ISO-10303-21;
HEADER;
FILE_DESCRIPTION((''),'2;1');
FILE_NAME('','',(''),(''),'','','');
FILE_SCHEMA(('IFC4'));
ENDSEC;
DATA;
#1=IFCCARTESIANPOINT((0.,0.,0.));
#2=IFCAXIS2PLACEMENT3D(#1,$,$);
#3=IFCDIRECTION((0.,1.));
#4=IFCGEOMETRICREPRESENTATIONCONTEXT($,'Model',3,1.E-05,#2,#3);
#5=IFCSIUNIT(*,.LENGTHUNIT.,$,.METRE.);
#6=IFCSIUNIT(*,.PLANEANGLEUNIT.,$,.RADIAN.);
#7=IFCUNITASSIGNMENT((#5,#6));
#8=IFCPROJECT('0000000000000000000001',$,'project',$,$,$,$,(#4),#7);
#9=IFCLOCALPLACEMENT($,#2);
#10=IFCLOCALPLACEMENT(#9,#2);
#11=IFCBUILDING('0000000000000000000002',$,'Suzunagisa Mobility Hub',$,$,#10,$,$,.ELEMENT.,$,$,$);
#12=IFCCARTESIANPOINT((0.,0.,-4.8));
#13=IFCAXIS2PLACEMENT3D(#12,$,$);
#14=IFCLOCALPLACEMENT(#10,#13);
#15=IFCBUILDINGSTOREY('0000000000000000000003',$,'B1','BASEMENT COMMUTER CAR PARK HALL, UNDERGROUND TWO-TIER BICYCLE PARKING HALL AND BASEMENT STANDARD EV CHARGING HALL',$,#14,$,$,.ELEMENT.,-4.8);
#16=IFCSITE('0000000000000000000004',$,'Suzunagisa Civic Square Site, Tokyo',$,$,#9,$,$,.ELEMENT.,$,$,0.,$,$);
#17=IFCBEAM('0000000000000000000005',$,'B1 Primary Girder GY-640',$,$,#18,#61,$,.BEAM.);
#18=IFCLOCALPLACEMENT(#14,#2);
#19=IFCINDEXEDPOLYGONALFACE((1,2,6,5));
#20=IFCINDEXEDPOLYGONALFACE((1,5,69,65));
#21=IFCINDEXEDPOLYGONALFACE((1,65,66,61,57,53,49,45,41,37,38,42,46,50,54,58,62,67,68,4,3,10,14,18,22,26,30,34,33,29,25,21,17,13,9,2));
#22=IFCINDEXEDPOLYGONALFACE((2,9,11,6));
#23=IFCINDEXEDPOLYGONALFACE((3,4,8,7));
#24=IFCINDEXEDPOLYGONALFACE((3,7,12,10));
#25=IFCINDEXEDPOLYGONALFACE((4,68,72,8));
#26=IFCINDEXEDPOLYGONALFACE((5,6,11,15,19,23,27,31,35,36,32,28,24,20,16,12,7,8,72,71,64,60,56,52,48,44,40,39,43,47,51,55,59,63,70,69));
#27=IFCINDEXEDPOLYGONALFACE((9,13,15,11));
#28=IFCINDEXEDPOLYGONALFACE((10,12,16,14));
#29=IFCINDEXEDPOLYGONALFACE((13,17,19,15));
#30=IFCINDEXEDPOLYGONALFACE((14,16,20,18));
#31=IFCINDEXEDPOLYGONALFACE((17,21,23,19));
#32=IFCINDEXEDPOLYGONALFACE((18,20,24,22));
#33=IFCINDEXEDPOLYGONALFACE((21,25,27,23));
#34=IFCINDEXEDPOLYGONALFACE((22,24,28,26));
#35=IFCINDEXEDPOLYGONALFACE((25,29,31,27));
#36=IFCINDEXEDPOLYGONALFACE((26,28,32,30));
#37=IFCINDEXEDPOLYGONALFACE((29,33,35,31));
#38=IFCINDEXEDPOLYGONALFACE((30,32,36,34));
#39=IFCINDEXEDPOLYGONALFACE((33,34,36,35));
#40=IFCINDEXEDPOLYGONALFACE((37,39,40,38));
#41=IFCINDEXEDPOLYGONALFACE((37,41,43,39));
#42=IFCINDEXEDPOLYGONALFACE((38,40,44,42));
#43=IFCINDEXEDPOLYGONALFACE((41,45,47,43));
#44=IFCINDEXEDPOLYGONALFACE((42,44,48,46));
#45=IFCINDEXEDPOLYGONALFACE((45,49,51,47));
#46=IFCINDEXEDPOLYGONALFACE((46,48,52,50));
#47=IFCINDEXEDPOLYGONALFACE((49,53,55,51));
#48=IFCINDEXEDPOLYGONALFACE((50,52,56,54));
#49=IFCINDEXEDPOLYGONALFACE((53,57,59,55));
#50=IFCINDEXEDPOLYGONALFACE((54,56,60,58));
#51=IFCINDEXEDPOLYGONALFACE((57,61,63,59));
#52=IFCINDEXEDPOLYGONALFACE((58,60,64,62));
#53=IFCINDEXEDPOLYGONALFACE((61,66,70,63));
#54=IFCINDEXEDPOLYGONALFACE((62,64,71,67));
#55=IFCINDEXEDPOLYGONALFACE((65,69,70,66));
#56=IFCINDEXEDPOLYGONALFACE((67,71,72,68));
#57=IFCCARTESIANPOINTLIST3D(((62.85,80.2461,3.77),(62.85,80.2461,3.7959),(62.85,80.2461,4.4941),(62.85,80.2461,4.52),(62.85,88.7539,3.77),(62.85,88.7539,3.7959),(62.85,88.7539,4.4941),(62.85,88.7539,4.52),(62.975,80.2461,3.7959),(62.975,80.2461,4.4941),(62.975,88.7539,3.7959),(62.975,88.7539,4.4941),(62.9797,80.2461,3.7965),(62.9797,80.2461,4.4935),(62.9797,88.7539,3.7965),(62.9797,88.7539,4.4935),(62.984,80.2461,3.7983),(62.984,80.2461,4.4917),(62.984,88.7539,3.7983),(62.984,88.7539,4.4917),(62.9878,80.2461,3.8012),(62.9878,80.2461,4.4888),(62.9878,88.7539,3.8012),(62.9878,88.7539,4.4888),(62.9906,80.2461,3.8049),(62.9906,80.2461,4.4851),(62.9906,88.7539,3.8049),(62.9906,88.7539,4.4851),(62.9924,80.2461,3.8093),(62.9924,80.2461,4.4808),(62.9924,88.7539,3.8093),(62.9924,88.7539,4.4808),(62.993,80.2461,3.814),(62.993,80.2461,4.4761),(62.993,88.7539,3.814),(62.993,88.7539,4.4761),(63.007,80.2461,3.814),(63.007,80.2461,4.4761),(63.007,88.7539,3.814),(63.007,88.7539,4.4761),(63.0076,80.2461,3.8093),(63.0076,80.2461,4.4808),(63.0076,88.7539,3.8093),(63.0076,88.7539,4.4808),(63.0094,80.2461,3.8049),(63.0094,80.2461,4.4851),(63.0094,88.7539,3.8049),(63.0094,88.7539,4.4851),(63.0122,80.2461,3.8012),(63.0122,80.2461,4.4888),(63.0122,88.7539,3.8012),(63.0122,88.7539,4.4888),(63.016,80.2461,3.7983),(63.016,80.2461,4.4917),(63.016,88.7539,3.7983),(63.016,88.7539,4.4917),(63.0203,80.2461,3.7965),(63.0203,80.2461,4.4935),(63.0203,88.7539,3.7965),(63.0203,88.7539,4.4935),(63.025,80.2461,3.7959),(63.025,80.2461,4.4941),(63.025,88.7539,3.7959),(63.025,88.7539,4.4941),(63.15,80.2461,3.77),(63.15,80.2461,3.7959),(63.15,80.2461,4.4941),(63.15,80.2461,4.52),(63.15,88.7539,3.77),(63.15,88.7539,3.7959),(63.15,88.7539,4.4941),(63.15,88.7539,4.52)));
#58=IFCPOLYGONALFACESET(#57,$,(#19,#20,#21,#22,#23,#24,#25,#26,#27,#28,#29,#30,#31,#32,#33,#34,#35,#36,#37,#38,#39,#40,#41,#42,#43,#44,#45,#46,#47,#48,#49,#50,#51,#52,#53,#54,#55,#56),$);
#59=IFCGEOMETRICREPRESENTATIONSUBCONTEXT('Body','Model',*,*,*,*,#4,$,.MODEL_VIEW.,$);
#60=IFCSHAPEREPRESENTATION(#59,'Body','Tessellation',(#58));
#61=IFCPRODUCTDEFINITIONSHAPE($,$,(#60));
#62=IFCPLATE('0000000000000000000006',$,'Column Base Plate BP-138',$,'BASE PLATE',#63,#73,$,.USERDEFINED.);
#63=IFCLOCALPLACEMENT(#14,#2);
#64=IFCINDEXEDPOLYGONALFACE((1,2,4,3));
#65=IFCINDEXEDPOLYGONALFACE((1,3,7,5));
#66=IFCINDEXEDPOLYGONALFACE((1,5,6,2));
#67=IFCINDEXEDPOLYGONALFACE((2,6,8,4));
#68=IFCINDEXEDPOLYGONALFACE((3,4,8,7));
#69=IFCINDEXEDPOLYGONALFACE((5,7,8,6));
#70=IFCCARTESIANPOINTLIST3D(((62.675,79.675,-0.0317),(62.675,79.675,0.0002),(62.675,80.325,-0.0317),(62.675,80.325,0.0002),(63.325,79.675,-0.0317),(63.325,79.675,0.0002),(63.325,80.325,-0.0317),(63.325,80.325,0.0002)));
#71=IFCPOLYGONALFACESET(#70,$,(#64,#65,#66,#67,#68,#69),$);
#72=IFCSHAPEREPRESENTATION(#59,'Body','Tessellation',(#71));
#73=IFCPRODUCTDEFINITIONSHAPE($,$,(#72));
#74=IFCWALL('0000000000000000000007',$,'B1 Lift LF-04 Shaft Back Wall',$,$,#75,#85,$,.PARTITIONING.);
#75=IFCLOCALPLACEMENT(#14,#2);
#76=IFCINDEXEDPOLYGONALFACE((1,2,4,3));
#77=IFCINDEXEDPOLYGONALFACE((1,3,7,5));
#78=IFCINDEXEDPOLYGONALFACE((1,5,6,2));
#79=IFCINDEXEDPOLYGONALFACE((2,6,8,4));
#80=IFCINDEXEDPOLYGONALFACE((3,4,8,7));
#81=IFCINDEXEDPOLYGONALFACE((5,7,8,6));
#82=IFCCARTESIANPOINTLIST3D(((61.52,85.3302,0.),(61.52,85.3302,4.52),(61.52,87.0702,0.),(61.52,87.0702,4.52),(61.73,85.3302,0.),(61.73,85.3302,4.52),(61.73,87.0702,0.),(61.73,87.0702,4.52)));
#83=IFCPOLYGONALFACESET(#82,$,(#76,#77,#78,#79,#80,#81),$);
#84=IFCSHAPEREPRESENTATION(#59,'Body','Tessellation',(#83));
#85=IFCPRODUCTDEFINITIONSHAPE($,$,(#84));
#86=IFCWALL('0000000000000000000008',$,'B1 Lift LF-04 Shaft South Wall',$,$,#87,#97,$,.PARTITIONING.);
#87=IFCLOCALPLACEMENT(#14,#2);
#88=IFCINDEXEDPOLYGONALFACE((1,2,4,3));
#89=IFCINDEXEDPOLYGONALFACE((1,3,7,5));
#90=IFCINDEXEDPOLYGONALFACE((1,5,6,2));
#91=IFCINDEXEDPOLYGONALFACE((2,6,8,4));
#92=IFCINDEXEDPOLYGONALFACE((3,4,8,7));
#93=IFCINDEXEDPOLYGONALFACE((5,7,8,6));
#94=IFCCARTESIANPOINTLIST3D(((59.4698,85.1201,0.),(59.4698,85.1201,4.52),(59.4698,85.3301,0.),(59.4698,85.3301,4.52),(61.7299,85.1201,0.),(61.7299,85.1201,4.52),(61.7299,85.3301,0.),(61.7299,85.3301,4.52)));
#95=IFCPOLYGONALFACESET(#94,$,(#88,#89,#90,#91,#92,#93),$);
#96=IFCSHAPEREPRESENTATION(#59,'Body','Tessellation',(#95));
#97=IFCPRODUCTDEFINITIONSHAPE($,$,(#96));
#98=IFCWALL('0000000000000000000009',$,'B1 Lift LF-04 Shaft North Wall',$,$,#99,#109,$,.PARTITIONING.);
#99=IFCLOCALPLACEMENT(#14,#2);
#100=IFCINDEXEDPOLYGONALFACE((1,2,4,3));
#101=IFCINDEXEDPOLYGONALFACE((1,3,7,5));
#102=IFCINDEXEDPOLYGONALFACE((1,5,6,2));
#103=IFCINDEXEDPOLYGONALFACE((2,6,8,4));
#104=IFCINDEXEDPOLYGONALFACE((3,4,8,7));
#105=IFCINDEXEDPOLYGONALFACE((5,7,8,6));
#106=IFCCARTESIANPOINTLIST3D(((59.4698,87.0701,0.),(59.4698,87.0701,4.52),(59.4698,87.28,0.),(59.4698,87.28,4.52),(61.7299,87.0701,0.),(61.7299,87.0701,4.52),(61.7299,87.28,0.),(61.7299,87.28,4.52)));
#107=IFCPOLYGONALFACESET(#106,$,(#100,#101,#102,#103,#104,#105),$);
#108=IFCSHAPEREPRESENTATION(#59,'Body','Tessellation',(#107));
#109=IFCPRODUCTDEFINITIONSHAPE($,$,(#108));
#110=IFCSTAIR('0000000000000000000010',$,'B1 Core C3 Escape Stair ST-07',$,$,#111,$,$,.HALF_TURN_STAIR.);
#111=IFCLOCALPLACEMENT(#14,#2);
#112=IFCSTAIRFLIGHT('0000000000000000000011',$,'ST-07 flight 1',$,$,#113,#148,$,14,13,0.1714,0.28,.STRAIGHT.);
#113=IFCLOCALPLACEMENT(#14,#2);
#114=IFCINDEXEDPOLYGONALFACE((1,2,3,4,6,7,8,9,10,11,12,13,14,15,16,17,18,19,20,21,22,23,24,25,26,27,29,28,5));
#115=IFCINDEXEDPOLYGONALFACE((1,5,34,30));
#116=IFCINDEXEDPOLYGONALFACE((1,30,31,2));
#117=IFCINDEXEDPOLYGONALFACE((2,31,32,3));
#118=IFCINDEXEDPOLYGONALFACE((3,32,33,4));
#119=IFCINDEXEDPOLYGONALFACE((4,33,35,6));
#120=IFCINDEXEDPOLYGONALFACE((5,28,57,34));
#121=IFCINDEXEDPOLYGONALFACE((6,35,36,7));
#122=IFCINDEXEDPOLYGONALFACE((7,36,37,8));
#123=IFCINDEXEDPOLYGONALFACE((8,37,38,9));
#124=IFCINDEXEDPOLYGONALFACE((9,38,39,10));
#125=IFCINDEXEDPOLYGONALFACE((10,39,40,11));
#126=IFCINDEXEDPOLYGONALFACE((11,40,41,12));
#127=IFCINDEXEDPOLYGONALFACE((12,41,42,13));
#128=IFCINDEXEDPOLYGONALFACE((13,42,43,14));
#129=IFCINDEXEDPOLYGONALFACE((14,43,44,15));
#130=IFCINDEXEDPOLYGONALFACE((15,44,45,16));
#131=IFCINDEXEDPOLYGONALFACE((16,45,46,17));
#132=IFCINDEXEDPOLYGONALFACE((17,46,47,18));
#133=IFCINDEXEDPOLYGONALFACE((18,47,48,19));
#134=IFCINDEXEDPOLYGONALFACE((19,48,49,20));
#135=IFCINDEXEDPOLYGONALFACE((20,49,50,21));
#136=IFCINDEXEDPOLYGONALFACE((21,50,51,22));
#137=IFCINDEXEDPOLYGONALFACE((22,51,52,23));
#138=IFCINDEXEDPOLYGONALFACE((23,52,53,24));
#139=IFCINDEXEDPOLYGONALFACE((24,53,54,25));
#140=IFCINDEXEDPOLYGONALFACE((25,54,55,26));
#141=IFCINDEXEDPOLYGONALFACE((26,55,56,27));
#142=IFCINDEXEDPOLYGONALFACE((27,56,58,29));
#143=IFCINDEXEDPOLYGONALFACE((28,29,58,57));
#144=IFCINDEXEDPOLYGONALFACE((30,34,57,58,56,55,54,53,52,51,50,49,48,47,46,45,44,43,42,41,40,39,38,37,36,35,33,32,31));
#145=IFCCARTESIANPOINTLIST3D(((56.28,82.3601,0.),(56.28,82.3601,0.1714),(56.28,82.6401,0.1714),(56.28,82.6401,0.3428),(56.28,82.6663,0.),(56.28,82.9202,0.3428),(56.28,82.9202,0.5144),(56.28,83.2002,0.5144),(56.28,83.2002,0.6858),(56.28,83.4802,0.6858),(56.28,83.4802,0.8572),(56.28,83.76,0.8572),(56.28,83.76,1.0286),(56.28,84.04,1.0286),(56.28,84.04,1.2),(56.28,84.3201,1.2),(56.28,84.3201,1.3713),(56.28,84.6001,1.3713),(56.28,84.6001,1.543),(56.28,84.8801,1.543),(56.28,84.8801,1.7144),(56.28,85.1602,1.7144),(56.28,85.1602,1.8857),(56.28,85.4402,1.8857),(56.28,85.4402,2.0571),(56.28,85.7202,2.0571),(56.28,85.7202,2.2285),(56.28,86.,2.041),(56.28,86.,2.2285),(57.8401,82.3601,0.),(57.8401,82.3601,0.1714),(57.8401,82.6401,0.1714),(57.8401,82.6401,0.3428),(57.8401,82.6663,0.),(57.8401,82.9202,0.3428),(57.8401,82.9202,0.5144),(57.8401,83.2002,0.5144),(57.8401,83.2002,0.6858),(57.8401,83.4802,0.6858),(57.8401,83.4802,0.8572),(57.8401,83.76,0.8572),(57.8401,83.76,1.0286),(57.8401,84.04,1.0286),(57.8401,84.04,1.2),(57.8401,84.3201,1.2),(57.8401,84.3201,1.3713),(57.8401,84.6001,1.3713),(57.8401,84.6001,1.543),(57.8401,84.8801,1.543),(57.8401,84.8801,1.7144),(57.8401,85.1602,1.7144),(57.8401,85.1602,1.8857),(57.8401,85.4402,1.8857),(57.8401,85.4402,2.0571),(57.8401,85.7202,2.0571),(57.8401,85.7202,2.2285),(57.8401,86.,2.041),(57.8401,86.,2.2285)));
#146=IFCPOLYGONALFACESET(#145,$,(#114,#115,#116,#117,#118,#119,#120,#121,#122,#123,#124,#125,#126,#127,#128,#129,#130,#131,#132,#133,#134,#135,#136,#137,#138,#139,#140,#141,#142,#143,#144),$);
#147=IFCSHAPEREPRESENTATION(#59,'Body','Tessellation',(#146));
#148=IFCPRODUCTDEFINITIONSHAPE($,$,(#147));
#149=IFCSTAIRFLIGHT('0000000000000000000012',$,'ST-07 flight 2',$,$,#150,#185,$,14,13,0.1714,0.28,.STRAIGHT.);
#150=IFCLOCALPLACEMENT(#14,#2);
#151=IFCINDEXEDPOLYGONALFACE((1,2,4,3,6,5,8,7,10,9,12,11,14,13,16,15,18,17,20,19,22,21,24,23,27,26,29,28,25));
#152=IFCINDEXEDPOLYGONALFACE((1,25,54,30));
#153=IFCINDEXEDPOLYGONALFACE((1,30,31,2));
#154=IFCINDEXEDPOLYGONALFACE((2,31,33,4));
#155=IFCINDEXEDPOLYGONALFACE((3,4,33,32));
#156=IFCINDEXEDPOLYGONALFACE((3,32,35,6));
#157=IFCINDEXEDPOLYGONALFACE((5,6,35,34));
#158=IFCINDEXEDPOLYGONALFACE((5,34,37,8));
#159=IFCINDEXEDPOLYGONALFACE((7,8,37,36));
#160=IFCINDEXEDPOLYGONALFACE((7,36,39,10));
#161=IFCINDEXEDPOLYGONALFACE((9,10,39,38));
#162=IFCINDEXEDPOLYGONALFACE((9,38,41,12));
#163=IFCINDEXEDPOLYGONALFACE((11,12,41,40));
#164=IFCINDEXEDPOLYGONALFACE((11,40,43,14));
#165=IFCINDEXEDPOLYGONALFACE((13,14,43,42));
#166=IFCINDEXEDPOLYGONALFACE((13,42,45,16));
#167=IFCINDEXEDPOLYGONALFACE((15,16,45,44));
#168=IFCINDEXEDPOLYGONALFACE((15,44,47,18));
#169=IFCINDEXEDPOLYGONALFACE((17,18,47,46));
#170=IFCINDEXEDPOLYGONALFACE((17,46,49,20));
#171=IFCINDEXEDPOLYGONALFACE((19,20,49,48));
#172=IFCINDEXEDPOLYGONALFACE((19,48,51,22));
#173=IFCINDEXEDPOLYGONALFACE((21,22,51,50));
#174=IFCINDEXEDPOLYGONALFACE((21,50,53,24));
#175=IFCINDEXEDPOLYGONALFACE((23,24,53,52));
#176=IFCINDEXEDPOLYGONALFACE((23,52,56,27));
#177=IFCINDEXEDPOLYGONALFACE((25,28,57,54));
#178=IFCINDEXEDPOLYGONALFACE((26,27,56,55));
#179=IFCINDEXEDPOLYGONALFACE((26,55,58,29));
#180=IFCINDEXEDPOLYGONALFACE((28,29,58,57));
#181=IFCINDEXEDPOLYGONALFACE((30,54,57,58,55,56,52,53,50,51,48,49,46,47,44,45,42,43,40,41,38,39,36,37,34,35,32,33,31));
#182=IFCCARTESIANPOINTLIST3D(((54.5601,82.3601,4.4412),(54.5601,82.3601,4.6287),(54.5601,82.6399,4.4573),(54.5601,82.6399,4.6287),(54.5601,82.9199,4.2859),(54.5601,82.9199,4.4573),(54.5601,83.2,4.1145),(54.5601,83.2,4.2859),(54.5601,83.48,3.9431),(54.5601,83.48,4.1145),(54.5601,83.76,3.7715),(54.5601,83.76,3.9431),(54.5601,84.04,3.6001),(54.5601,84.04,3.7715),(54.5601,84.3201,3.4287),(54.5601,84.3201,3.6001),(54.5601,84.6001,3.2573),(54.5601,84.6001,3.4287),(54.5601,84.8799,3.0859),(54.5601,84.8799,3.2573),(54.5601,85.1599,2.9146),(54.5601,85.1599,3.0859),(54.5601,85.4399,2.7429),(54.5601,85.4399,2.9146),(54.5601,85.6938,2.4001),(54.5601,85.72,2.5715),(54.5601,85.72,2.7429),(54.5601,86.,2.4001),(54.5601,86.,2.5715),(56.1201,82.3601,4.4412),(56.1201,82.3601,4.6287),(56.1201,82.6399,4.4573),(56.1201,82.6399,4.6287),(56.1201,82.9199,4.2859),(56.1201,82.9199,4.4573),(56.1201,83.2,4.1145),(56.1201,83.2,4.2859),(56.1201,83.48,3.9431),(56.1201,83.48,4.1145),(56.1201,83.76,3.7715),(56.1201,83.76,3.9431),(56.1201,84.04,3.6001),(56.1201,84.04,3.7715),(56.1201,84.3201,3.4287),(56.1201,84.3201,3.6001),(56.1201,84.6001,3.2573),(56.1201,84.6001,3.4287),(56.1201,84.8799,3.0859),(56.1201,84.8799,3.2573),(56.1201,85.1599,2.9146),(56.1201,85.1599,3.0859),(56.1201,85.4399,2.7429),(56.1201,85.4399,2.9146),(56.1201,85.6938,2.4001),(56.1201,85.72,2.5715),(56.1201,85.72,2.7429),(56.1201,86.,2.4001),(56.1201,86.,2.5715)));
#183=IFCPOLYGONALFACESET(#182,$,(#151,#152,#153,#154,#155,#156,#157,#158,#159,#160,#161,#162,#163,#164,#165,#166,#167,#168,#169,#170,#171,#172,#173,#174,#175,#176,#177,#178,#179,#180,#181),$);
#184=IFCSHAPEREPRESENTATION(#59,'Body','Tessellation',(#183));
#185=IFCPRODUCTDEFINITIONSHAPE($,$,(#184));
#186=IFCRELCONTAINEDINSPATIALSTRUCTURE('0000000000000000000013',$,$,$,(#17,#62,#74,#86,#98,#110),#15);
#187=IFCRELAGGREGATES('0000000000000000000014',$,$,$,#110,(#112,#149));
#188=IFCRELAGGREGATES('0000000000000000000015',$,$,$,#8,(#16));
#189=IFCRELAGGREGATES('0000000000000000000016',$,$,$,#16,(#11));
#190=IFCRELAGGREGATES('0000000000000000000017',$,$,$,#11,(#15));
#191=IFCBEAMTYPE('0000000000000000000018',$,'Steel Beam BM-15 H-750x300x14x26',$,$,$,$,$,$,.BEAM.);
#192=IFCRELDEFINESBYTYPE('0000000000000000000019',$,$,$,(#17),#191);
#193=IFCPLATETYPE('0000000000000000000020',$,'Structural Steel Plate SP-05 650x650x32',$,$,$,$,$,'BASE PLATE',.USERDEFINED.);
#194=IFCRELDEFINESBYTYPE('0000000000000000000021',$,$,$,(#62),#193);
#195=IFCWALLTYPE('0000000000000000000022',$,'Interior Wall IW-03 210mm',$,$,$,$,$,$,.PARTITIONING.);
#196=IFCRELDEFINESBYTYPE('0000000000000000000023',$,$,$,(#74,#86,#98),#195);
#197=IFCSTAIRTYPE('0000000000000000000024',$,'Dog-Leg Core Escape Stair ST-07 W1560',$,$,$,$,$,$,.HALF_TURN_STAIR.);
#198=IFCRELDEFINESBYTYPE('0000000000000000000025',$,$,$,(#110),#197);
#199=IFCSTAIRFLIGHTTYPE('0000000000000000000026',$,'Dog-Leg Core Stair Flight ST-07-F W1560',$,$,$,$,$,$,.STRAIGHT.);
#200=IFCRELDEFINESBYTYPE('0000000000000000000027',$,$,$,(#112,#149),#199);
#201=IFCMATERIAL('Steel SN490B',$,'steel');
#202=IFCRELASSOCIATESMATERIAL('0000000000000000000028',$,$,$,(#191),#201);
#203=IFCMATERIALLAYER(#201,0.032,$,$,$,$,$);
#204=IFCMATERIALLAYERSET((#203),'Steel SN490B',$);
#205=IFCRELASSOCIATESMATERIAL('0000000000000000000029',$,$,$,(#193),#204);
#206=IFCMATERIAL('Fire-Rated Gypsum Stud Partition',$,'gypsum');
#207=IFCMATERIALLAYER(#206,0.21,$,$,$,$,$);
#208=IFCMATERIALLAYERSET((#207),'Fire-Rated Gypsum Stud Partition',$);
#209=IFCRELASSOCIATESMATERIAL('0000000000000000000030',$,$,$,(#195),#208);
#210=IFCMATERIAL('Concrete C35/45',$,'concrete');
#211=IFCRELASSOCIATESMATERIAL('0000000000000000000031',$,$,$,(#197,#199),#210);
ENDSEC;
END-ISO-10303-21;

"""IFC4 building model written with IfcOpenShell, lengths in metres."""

from ifc_helpers import new_model, si_unit, direction, frame, frame_2d, origin, origin_2d, place, context, subcontext, project, spatial, polyline, rectangle, i_section, outline, extrude, material, layer, layer_set, material_profile, profile_set, type_object, element, aggregate, save


model = new_model("IFC4")

# Units and contexts
model_context = context("Model", 3, precision=1e-05, world=origin(), true_north=direction((0.0, 1.0)))
body_context = subcontext(model_context, "Body", "Model", "MODEL_VIEW")
ifc_project = project(units=[si_unit("LENGTHUNIT", "METRE"), si_unit("PLANEANGLEUNIT", "RADIAN")], contexts=[model_context])

# Site, building, storey
site_placement = place(None, origin())
site = spatial("IfcSite", under=ifc_project, at=site_placement, Name="Suzunagisa Civic Square Site, Tokyo", CompositionType="ELEMENT", RefElevation=0.0)
building_placement = place(site_placement, origin())
building = spatial("IfcBuilding", under=site, at=building_placement, Name="Suzunagisa Mobility Hub", CompositionType="ELEMENT")
storey_placement = place(building_placement, frame((0.0, 0.0, -4.8)))
storey = spatial("IfcBuildingStorey", under=building, at=storey_placement, Name="B1", Description="BASEMENT COMMUTER CAR PARK HALL, UNDERGROUND TWO-TIER BICYCLE PARKING HALL AND BASEMENT STANDARD EV CHARGING HALL", CompositionType="ELEMENT", Elevation=-4.8)

# Shared definitions
ifc_material_1 = material(Name="Steel SN490B", Category="steel")

# Beam
ifc_material_profile_1 = material_profile(ifc_material_1, i_section(OverallWidth=0.3, OverallDepth=0.75, WebThickness=0.0139, FlangeThickness=0.0259, FilletRadius=0.0181, at=origin_2d()), Name="H-750x300x14x26")
ifc_profile_set_1 = profile_set([ifc_material_profile_1], Name="Steel SN490B")
beam_type_1 = type_object("IfcBeamType", Name="Steel Beam BM-15 H-750x300x14x26", PredefinedType="BEAM", material=ifc_profile_set_1)
beam_1_placement = place(storey_placement, frame((63.0, 80.2461, 4.145), z_axis=(0.0, 1.0, 0.0), x_axis=(-1.0, 0.0, 0.0)))
element("IfcBeam", 1, at=beam_1_placement, inside=storey, type_object=beam_type_1, Name="B1 Primary Girder GY-640", PredefinedType="BEAM", context=body_context, shape_type="SweptSolid", body=[
    extrude(i_section(OverallWidth=0.3, OverallDepth=0.75, WebThickness=0.0139, FlangeThickness=0.0259, FilletRadius=0.0181, at=origin_2d()), origin(), (0.0, 0.0, 1.0), 8.5078),
])

# Plate
ifc_layer_1 = layer(ifc_material_1, 0.032)
ifc_layer_set_1 = layer_set([ifc_layer_1], Name="Steel SN490B")
plate_type = type_object("IfcPlateType", Name="Structural Steel Plate SP-05 650x650x32", ElementType="BASE PLATE", PredefinedType="USERDEFINED", material=ifc_layer_set_1)
plate_placement = place(storey_placement, frame((63.0, 80.0, -0.0317), z_axis=(0.0, 0.0, 1.0), x_axis=(1.0, 0.0, 0.0)))
element("IfcPlate", 2, at=plate_placement, inside=storey, type_object=plate_type, Name="Column Base Plate BP-138", ObjectType="BASE PLATE", PredefinedType="USERDEFINED", context=body_context, shape_type="SweptSolid", body=[
    extrude(rectangle(XDim=0.6499, YDim=0.6499, at=origin_2d()), origin(), (0.0, 0.0, 1.0), 0.032),
])

# Shared definitions
ifc_material_2 = material(Name="Fire-Rated Gypsum Stud Partition", Category="gypsum")
ifc_layer_2 = layer(ifc_material_2, 0.21)
ifc_layer_set_2 = layer_set([ifc_layer_2], Name="Fire-Rated Gypsum Stud Partition")
wall_type_1 = type_object("IfcWallType", Name="Interior Wall IW-03 210mm", PredefinedType="PARTITIONING", material=ifc_layer_set_2)

# Walls
wall_1_placement = place(storey_placement, frame((61.625, 85.3301, 0.0), z_axis=(0.0, 0.0, 1.0), x_axis=(0.0, 1.0, 0.0)))
element("IfcWall", 3, at=wall_1_placement, inside=storey, type_object=wall_type_1, Name="B1 Lift LF-04 Shaft Back Wall", PredefinedType="PARTITIONING", context=body_context, shape_type="SweptSolid", body=[
    extrude(rectangle(XDim=1.74, YDim=0.21, at=frame_2d((0.8701, 0.0))), origin(), (0.0, 0.0, 1.0), 4.52),
])
for number, where, z_axis, x_axis, name in (
    (4, (59.47, 85.2251, 0.0), (0.0, 0.0, 1.0), (1.0, 0.0, 0.0), "B1 Lift LF-04 Shaft South Wall"),
    (5, (59.47, 87.175, 0.0), (0.0, 0.0, 1.0), (1.0, 0.0, 0.0), "B1 Lift LF-04 Shaft North Wall"),
):
    element("IfcWall", number, at=place(storey_placement, frame(where, z_axis=z_axis, x_axis=x_axis)), inside=storey, type_object=wall_type_1, Name=name, PredefinedType="PARTITIONING", context=body_context, shape_type="SweptSolid", body=[
        extrude(rectangle(XDim=2.26, YDim=0.21, at=frame_2d((1.1299, 0.0))), origin(), (0.0, 0.0, 1.0), 4.52),
    ])

# Shared definitions
ifc_material_3 = material(Name="Concrete C35/45", Category="concrete")

# Stair, stair flights
stair_type = type_object("IfcStairType", Name="Dog-Leg Core Escape Stair ST-07 W1560", PredefinedType="HALF_TURN_STAIR", material=ifc_material_3)
stair_placement = place(storey_placement, origin())
stair = element("IfcStair", 6, at=stair_placement, inside=storey, type_object=stair_type, Name="B1 Core C3 Escape Stair ST-07", PredefinedType="HALF_TURN_STAIR")
stair_flight_type = type_object("IfcStairFlightType", Name="Dog-Leg Core Stair Flight ST-07-F W1560", PredefinedType="STRAIGHT", material=ifc_material_3)
stair_flight_1_placement = place(storey_placement, frame((57.0601, 82.3601, 0.0), z_axis=(0.0, 0.0, 1.0), x_axis=(0.0, 1.0, 0.0)))
stair_flight_1 = element("IfcStairFlight", 7, at=stair_flight_1_placement, type_object=stair_flight_type, Name="ST-07 flight 1", NumberOfRisers=14, NumberOfTreads=13, PredefinedType="STRAIGHT", RiserHeight=0.1714, TreadLength=0.28, context=body_context, shape_type="SweptSolid", body=[
    extrude(outline(polyline([(0.0, 0.0), (0.0, 0.1714), (0.28, 0.1714), (0.28, 0.3428), (0.5601, 0.3428), (0.5601, 0.5144), (0.8401, 0.5144), (0.8401, 0.6858), (1.1201, 0.6858), (1.1201, 0.8572), (1.3999, 0.8572), (1.3999, 1.0286), (1.6799, 1.0286), (1.6799, 1.2), (1.96, 1.2), (1.96, 1.3713), (2.24, 1.3713), (2.24, 1.543), (2.52, 1.543), (2.52, 1.7144), (2.8, 1.7144), (2.8, 1.8857), (3.0801, 1.8857), (3.0801, 2.0571), (3.3601, 2.0571), (3.3601, 2.2285), (3.6399, 2.2285), (3.6399, 2.3999), (3.6399, 2.041), (0.3062, 0.0), (0.0, 0.0)])), frame((0.0, 0.78, 0.0), z_axis=(0.0, -1.0, 0.0), x_axis=(1.0, 0.0, 0.0)), (0.0, 0.0, 1.0), 1.5601),
])
stair_flight_2_placement = place(storey_placement, frame((55.3401, 86.0, 2.4001), z_axis=(0.0, 0.0, 1.0), x_axis=(0.0, -1.0, 0.0)))
stair_flight_2 = element("IfcStairFlight", 8, at=stair_flight_2_placement, type_object=stair_flight_type, Name="ST-07 flight 2", NumberOfRisers=14, NumberOfTreads=13, PredefinedType="STRAIGHT", RiserHeight=0.1714, TreadLength=0.28, context=body_context, shape_type="SweptSolid", body=[
    extrude(outline(polyline([(0.0, 0.0), (0.0, 0.1714), (0.28, 0.1714), (0.28, 0.3428), (0.5601, 0.3428), (0.5601, 0.5144), (0.8401, 0.5144), (0.8401, 0.6858), (1.1201, 0.6858), (1.1201, 0.8572), (1.3999, 0.8572), (1.3999, 1.0286), (1.6799, 1.0286), (1.6799, 1.2), (1.96, 1.2), (1.96, 1.3713), (2.24, 1.3713), (2.24, 1.543), (2.52, 1.543), (2.52, 1.7144), (2.8, 1.7144), (2.8, 1.8857), (3.0801, 1.8857), (3.0801, 2.0571), (3.3601, 2.0571), (3.3601, 2.2285), (3.6399, 2.2285), (3.6399, 2.3999), (3.6399, 2.041), (0.3062, 0.0), (0.0, 0.0)])), frame((0.0, 0.78, 0.0), z_axis=(0.0, -1.0, 0.0), x_axis=(1.0, 0.0, 0.0)), (0.0, 0.0, 1.0), 1.5601),
])
aggregate(stair, [stair_flight_1, stair_flight_2])

save(model, "model.ifc")
